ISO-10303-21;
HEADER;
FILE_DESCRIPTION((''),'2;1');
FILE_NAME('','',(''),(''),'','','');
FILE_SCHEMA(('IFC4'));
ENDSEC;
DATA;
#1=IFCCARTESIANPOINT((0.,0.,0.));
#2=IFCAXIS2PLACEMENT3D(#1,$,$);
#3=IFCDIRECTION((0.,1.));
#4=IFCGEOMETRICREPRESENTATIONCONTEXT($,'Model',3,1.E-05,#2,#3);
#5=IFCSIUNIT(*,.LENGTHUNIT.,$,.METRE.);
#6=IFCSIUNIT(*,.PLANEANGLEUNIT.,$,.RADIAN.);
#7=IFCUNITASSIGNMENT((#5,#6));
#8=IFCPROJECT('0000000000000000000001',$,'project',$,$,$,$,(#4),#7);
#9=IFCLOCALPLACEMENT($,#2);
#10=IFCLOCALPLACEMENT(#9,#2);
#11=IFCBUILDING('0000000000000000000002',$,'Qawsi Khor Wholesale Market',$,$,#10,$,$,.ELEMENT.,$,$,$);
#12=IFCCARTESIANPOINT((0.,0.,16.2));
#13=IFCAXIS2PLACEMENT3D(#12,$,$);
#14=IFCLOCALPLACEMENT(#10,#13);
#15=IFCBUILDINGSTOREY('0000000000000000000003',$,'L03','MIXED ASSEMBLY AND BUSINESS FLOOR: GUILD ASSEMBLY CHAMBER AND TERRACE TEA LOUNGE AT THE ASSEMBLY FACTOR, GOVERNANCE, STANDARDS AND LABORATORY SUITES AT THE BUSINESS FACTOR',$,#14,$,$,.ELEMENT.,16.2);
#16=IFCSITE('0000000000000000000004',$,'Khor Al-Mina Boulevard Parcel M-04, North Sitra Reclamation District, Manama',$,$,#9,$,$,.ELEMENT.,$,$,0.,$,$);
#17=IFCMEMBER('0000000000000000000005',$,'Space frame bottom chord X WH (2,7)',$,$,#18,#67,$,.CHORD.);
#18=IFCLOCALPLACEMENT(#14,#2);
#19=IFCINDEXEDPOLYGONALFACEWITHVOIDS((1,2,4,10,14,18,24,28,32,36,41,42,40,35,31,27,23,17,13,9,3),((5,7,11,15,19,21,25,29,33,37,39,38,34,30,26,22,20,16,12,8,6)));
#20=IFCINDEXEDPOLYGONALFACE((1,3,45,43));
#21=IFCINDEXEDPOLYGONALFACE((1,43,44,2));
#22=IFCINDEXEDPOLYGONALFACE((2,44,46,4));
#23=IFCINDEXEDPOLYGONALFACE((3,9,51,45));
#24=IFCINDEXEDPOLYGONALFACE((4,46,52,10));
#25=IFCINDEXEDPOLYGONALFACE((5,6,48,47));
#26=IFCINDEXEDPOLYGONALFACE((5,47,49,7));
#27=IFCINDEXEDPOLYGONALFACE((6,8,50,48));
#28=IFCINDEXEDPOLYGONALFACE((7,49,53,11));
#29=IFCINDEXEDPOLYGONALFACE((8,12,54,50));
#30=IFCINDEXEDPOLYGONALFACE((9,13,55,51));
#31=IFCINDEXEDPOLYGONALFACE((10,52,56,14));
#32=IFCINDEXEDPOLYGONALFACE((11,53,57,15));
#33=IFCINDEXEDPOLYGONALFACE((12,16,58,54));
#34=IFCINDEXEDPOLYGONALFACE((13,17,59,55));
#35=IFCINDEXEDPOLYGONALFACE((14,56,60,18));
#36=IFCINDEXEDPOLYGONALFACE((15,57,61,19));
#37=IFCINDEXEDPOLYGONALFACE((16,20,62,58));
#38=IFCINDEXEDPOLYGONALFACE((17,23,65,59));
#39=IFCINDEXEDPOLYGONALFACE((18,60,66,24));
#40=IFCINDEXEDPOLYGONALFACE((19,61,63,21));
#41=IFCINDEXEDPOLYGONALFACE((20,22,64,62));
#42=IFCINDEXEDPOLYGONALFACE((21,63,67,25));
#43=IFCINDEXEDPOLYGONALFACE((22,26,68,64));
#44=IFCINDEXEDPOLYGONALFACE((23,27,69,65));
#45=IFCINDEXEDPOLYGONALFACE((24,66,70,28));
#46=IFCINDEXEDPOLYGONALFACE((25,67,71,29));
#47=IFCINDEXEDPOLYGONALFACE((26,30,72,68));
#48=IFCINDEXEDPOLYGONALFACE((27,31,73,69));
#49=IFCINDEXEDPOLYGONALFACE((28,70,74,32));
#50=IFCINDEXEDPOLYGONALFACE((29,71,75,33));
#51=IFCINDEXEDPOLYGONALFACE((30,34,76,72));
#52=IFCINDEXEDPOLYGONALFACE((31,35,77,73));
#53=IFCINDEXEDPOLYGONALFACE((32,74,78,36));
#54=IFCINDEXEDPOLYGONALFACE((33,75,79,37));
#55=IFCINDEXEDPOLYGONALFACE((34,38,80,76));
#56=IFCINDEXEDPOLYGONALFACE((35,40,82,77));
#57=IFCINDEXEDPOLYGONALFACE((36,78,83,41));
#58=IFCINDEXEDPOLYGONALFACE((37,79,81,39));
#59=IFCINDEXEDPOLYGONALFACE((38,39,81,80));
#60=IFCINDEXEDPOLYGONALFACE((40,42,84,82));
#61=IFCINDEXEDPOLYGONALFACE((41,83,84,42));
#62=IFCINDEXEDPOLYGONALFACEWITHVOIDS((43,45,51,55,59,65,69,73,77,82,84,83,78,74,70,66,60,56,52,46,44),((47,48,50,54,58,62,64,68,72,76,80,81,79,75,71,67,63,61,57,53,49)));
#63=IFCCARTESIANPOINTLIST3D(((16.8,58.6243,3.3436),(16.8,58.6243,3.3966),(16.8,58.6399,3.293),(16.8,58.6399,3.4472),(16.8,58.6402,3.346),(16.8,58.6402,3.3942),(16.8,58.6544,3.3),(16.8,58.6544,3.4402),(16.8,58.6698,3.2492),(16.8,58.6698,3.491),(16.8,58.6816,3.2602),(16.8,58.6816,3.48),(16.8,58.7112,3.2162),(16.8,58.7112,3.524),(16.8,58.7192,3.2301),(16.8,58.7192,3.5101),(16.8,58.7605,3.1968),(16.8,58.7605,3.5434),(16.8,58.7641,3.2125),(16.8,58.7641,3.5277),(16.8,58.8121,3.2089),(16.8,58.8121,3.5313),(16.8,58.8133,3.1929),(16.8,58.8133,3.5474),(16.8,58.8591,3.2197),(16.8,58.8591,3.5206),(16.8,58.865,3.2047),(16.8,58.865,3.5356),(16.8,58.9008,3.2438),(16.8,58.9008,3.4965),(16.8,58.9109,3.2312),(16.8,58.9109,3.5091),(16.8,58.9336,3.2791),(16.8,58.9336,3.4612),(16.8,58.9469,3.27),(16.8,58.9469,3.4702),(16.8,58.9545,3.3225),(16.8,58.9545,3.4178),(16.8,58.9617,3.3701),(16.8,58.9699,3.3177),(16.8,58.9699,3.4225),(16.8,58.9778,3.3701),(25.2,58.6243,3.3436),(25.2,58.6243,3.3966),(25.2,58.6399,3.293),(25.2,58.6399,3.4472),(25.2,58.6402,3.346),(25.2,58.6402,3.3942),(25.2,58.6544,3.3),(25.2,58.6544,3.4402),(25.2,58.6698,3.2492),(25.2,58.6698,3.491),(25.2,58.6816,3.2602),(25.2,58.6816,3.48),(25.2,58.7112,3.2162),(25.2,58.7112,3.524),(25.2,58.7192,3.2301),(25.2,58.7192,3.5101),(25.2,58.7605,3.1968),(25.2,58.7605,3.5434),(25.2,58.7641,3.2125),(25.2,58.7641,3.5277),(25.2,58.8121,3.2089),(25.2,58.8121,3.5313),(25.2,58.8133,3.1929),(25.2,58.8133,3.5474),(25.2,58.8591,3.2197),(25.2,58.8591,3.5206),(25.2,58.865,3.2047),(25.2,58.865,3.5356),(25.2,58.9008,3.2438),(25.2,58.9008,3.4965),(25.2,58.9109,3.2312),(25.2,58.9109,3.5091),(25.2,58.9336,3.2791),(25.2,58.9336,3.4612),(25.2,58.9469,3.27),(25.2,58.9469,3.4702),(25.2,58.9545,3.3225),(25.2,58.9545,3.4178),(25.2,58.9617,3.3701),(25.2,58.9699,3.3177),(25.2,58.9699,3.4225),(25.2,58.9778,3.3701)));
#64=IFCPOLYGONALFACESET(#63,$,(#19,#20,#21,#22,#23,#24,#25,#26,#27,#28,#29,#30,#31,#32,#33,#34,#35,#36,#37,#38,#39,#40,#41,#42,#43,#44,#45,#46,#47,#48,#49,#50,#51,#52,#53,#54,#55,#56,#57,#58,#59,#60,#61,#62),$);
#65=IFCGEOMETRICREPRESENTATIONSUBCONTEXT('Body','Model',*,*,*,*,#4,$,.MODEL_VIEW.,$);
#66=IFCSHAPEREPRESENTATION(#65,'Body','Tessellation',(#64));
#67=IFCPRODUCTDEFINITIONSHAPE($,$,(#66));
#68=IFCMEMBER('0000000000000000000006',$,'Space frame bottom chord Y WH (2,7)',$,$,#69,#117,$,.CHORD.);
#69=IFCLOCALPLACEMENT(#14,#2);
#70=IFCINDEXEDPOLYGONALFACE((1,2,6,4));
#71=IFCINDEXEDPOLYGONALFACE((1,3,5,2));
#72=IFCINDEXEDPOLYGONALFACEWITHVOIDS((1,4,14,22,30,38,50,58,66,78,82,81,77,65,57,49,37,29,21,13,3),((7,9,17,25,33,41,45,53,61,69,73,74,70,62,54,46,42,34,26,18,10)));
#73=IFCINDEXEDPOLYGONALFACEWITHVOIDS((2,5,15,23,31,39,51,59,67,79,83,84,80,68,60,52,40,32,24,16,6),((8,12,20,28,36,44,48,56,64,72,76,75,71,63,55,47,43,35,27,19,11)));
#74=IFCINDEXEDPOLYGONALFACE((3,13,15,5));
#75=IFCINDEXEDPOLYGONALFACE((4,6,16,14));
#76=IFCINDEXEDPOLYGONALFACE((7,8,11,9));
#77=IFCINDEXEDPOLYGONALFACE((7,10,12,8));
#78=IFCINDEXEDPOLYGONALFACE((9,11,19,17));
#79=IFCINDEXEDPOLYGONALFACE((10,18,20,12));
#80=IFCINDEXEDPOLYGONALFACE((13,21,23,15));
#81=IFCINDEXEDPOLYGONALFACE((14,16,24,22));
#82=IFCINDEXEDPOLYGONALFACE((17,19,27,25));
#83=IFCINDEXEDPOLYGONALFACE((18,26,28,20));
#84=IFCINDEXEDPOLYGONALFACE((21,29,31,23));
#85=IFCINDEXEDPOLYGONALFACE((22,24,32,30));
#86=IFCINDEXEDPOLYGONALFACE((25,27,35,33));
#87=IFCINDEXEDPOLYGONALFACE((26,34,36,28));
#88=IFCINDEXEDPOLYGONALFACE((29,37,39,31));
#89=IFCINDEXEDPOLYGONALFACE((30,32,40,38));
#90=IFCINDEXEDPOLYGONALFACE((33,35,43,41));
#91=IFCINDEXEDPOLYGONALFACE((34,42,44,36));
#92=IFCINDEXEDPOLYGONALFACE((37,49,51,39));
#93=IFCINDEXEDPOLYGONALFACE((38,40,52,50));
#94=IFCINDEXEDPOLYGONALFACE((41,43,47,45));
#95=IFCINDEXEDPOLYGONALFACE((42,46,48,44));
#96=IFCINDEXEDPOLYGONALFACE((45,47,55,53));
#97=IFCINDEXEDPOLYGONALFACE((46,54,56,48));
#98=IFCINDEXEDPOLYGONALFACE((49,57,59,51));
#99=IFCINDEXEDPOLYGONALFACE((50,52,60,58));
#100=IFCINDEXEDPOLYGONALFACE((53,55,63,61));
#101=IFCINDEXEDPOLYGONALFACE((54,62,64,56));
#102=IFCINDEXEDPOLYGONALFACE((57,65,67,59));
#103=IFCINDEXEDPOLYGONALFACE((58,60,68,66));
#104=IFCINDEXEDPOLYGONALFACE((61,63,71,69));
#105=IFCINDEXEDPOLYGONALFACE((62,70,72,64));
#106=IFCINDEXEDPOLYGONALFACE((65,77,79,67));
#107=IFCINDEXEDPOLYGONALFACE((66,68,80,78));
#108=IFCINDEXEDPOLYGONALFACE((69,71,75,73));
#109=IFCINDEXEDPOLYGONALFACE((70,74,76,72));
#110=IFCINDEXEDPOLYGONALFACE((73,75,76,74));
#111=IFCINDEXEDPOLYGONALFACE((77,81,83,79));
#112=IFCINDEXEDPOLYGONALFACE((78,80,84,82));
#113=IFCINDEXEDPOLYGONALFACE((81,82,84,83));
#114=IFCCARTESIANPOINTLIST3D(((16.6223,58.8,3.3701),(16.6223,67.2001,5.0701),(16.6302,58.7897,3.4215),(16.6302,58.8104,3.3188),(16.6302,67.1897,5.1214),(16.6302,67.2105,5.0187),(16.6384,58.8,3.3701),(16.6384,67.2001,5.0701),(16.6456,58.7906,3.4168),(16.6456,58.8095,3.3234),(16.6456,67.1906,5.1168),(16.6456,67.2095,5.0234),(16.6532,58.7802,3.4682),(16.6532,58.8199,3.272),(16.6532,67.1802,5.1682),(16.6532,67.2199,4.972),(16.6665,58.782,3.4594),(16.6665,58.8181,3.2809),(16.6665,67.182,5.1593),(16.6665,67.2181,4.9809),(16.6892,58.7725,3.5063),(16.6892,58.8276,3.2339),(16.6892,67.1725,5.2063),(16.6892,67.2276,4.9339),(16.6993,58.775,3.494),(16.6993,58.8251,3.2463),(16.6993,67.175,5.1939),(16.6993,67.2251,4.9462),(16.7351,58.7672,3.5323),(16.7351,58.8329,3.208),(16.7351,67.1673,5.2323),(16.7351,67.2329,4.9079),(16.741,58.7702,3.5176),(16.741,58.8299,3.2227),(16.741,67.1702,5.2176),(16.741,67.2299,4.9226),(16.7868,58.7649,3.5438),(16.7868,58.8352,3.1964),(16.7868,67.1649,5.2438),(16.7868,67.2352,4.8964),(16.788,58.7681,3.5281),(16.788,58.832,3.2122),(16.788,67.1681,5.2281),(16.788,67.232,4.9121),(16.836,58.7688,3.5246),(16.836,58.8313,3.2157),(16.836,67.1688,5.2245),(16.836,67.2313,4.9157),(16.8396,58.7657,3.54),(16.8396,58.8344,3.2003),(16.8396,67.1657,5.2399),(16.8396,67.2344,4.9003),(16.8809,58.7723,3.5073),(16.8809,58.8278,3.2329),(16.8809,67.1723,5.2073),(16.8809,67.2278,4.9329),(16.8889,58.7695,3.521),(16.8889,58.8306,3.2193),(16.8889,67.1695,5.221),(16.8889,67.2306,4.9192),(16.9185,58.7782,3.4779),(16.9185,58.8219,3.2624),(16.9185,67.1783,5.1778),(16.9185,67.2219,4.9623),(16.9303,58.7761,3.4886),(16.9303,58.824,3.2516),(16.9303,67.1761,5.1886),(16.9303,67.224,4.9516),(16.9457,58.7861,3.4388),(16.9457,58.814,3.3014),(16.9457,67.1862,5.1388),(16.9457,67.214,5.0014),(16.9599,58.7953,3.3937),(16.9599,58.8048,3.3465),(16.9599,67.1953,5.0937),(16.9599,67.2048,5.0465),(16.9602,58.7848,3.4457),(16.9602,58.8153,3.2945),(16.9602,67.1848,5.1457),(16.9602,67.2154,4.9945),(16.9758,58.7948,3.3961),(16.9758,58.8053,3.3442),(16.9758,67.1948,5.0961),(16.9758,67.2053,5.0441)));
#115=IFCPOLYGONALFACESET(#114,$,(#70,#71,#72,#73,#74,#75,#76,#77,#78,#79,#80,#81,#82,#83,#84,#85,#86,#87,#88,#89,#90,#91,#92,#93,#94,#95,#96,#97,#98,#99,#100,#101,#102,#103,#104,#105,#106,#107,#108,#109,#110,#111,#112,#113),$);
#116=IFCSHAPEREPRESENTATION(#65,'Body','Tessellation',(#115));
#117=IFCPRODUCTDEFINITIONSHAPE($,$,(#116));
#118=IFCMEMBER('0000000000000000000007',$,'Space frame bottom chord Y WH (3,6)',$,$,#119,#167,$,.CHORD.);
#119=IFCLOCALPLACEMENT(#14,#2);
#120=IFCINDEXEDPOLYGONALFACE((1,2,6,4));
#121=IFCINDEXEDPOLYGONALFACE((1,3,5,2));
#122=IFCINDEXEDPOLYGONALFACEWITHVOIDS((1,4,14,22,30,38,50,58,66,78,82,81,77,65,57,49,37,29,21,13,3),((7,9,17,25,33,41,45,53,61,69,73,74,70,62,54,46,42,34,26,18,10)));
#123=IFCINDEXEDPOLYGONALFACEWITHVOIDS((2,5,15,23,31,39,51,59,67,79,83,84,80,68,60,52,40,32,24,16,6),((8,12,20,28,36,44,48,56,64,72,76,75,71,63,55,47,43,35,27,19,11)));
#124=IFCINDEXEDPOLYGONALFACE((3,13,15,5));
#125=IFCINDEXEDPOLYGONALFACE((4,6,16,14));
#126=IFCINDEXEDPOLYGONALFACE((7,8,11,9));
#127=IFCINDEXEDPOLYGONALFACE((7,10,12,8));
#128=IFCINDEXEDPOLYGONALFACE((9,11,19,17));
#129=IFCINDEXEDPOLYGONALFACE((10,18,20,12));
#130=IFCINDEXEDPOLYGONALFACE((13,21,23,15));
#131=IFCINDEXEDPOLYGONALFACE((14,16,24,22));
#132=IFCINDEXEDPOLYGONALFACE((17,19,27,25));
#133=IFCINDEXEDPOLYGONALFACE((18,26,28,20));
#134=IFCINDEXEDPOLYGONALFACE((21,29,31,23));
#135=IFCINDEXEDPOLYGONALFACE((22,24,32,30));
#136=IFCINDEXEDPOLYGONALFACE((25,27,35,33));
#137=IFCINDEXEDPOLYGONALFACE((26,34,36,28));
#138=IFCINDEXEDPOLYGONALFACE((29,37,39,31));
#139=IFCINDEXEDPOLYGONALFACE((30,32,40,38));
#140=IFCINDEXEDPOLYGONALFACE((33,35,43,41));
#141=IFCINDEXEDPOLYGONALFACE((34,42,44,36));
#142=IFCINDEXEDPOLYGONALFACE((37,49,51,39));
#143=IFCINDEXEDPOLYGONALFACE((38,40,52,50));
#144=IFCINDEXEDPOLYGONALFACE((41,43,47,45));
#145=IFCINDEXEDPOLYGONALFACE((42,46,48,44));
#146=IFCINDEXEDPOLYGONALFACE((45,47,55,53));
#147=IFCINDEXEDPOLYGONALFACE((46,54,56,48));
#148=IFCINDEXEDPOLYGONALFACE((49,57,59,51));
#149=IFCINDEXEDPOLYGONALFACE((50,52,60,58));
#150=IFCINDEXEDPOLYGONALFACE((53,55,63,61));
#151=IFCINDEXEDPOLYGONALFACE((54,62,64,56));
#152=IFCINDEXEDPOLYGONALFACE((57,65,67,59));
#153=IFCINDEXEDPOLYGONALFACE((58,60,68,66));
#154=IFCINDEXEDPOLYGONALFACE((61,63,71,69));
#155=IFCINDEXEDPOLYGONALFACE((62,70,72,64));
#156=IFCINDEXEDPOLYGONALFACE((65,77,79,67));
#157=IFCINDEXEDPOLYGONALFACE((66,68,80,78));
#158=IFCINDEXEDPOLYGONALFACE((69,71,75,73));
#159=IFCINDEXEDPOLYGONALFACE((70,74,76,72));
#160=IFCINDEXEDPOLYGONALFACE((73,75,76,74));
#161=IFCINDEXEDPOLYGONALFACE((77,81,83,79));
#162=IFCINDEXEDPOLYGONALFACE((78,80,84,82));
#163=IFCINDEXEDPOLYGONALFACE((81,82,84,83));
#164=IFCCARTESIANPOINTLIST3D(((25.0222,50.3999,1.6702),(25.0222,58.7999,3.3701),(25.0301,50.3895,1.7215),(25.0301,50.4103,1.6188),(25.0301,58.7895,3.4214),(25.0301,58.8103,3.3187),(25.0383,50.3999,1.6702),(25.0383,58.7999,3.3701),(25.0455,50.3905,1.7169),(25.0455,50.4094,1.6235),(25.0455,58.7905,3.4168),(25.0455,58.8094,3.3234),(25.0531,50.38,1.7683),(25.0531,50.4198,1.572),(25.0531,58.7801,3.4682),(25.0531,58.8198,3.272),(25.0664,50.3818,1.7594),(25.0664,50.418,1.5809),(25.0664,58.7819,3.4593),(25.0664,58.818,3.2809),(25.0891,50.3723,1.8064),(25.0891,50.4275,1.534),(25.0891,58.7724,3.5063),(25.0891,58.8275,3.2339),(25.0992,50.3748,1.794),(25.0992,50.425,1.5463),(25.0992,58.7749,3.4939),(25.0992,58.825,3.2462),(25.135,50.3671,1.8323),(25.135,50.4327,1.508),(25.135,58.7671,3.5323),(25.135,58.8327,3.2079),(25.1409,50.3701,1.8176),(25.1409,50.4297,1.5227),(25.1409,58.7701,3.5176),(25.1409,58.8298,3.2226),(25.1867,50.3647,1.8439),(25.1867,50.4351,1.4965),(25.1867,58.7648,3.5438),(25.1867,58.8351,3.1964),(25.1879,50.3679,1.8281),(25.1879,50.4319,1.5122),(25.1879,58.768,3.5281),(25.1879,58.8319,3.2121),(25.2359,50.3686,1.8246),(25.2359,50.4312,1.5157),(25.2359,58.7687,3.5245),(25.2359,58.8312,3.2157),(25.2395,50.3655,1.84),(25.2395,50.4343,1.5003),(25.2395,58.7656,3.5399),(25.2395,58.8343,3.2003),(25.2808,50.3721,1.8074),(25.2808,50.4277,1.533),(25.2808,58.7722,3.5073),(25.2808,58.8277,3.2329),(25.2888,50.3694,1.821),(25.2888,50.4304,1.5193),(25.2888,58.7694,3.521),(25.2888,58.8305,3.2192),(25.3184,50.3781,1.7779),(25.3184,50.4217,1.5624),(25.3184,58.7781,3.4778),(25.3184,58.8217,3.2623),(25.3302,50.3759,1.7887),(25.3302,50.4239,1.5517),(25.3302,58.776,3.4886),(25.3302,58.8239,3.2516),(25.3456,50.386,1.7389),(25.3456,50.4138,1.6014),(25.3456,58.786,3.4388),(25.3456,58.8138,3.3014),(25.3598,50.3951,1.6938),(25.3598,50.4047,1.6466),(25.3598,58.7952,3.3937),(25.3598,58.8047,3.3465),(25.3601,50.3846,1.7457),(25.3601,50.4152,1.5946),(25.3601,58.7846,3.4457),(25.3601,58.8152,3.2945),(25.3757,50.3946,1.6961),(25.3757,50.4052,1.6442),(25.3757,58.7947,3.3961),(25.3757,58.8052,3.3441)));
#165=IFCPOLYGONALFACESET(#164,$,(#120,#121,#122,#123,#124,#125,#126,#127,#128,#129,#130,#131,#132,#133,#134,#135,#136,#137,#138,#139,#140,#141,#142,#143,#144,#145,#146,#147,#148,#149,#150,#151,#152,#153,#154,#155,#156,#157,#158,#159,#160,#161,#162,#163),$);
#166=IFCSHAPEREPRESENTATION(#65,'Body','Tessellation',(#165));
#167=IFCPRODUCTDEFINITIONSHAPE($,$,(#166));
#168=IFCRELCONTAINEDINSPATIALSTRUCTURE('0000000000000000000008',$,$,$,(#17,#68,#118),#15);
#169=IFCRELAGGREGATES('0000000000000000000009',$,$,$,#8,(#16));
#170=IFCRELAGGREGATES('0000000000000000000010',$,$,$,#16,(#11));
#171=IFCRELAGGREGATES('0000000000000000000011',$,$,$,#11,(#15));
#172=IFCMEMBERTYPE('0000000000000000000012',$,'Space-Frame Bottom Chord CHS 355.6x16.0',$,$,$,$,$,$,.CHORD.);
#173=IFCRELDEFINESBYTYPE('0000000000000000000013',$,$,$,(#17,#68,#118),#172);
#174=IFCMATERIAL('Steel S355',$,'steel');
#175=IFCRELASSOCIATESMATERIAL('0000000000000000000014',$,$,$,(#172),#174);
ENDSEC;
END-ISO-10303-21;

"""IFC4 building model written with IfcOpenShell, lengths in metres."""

from ifc_helpers import new_model, si_unit, direction, frame, origin, origin_2d, place, context, subcontext, project, spatial, hollow_circle, extrude, material, material_profile, profile_set, type_object, element, save


model = new_model("IFC4")

# Units and contexts
model_context = context("Model", 3, precision=1e-05, world=origin(), true_north=direction((0.0, 1.0)))
body_context = subcontext(model_context, "Body", "Model", "MODEL_VIEW")
ifc_project = project(units=[si_unit("LENGTHUNIT", "METRE"), si_unit("PLANEANGLEUNIT", "RADIAN")], contexts=[model_context])

# Site, building, storey
site_placement = place(None, origin())
site = spatial("IfcSite", under=ifc_project, at=site_placement, Name="Khor Al-Mina Boulevard Parcel M-04, North Sitra Reclamation District, Manama", CompositionType="ELEMENT", RefElevation=0.0)
building_placement = place(site_placement, origin())
building = spatial("IfcBuilding", under=site, at=building_placement, Name="Qawsi Khor Wholesale Market", CompositionType="ELEMENT")
storey_placement = place(building_placement, frame((0.0, 0.0, 16.2)))
storey = spatial("IfcBuildingStorey", under=building, at=storey_placement, Name="L03", Description="MIXED ASSEMBLY AND BUSINESS FLOOR: GUILD ASSEMBLY CHAMBER AND TERRACE TEA LOUNGE AT THE ASSEMBLY FACTOR, GOVERNANCE, STANDARDS AND LABORATORY SUITES AT THE BUSINESS FACTOR", CompositionType="ELEMENT", Elevation=16.2)

# Members
ifc_material_1 = material(Name="Steel S355", Category="steel")
ifc_material_profile_1 = material_profile(ifc_material_1, hollow_circle(Radius=0.1777, WallThickness=0.0161, at=origin_2d()), Name="CHS 355.6x16.0")
ifc_profile_set_1 = profile_set([ifc_material_profile_1], Name="Steel S355")
member_type_1 = type_object("IfcMemberType", Name="Space-Frame Bottom Chord CHS 355.6x16.0", PredefinedType="CHORD", material=ifc_profile_set_1)
member_1_placement = place(storey_placement, frame((16.8, 58.8, 3.3701), z_axis=(1.0, 0.0, 0.0), x_axis=(0.0, 1.0, 0.0)))
element("IfcMember", 1, at=member_1_placement, inside=storey, type_object=member_type_1, Name="Space frame bottom chord X WH (2,7)", PredefinedType="CHORD", context=body_context, shape_type="SweptSolid", body=[
    extrude(hollow_circle(Radius=0.1777, WallThickness=0.0161, at=origin_2d()), origin(), (0.0, 0.0, 1.0), 8.3999),
])
for number, where, z_axis, x_axis, name in (
    (2, (16.8, 58.8, 3.3701), (0.0, 0.98013, 0.198356), (-1.0, 0.0, 0.0), "Space frame bottom chord Y WH (2,7)"),
    (3, (25.2, 50.3999, 1.6702), (0.0, 0.980131, 0.198351), (-1.0, 0.0, 0.0), "Space frame bottom chord Y WH (3,6)"),
):
    element("IfcMember", number, at=place(storey_placement, frame(where, z_axis=z_axis, x_axis=x_axis)), inside=storey, type_object=member_type_1, Name=name, PredefinedType="CHORD", context=body_context, shape_type="SweptSolid", body=[
        extrude(hollow_circle(Radius=0.1777, WallThickness=0.0161, at=origin_2d()), origin(), (0.0, 0.0, 1.0), 8.5703),
    ])

save(model, "model.ifc")
